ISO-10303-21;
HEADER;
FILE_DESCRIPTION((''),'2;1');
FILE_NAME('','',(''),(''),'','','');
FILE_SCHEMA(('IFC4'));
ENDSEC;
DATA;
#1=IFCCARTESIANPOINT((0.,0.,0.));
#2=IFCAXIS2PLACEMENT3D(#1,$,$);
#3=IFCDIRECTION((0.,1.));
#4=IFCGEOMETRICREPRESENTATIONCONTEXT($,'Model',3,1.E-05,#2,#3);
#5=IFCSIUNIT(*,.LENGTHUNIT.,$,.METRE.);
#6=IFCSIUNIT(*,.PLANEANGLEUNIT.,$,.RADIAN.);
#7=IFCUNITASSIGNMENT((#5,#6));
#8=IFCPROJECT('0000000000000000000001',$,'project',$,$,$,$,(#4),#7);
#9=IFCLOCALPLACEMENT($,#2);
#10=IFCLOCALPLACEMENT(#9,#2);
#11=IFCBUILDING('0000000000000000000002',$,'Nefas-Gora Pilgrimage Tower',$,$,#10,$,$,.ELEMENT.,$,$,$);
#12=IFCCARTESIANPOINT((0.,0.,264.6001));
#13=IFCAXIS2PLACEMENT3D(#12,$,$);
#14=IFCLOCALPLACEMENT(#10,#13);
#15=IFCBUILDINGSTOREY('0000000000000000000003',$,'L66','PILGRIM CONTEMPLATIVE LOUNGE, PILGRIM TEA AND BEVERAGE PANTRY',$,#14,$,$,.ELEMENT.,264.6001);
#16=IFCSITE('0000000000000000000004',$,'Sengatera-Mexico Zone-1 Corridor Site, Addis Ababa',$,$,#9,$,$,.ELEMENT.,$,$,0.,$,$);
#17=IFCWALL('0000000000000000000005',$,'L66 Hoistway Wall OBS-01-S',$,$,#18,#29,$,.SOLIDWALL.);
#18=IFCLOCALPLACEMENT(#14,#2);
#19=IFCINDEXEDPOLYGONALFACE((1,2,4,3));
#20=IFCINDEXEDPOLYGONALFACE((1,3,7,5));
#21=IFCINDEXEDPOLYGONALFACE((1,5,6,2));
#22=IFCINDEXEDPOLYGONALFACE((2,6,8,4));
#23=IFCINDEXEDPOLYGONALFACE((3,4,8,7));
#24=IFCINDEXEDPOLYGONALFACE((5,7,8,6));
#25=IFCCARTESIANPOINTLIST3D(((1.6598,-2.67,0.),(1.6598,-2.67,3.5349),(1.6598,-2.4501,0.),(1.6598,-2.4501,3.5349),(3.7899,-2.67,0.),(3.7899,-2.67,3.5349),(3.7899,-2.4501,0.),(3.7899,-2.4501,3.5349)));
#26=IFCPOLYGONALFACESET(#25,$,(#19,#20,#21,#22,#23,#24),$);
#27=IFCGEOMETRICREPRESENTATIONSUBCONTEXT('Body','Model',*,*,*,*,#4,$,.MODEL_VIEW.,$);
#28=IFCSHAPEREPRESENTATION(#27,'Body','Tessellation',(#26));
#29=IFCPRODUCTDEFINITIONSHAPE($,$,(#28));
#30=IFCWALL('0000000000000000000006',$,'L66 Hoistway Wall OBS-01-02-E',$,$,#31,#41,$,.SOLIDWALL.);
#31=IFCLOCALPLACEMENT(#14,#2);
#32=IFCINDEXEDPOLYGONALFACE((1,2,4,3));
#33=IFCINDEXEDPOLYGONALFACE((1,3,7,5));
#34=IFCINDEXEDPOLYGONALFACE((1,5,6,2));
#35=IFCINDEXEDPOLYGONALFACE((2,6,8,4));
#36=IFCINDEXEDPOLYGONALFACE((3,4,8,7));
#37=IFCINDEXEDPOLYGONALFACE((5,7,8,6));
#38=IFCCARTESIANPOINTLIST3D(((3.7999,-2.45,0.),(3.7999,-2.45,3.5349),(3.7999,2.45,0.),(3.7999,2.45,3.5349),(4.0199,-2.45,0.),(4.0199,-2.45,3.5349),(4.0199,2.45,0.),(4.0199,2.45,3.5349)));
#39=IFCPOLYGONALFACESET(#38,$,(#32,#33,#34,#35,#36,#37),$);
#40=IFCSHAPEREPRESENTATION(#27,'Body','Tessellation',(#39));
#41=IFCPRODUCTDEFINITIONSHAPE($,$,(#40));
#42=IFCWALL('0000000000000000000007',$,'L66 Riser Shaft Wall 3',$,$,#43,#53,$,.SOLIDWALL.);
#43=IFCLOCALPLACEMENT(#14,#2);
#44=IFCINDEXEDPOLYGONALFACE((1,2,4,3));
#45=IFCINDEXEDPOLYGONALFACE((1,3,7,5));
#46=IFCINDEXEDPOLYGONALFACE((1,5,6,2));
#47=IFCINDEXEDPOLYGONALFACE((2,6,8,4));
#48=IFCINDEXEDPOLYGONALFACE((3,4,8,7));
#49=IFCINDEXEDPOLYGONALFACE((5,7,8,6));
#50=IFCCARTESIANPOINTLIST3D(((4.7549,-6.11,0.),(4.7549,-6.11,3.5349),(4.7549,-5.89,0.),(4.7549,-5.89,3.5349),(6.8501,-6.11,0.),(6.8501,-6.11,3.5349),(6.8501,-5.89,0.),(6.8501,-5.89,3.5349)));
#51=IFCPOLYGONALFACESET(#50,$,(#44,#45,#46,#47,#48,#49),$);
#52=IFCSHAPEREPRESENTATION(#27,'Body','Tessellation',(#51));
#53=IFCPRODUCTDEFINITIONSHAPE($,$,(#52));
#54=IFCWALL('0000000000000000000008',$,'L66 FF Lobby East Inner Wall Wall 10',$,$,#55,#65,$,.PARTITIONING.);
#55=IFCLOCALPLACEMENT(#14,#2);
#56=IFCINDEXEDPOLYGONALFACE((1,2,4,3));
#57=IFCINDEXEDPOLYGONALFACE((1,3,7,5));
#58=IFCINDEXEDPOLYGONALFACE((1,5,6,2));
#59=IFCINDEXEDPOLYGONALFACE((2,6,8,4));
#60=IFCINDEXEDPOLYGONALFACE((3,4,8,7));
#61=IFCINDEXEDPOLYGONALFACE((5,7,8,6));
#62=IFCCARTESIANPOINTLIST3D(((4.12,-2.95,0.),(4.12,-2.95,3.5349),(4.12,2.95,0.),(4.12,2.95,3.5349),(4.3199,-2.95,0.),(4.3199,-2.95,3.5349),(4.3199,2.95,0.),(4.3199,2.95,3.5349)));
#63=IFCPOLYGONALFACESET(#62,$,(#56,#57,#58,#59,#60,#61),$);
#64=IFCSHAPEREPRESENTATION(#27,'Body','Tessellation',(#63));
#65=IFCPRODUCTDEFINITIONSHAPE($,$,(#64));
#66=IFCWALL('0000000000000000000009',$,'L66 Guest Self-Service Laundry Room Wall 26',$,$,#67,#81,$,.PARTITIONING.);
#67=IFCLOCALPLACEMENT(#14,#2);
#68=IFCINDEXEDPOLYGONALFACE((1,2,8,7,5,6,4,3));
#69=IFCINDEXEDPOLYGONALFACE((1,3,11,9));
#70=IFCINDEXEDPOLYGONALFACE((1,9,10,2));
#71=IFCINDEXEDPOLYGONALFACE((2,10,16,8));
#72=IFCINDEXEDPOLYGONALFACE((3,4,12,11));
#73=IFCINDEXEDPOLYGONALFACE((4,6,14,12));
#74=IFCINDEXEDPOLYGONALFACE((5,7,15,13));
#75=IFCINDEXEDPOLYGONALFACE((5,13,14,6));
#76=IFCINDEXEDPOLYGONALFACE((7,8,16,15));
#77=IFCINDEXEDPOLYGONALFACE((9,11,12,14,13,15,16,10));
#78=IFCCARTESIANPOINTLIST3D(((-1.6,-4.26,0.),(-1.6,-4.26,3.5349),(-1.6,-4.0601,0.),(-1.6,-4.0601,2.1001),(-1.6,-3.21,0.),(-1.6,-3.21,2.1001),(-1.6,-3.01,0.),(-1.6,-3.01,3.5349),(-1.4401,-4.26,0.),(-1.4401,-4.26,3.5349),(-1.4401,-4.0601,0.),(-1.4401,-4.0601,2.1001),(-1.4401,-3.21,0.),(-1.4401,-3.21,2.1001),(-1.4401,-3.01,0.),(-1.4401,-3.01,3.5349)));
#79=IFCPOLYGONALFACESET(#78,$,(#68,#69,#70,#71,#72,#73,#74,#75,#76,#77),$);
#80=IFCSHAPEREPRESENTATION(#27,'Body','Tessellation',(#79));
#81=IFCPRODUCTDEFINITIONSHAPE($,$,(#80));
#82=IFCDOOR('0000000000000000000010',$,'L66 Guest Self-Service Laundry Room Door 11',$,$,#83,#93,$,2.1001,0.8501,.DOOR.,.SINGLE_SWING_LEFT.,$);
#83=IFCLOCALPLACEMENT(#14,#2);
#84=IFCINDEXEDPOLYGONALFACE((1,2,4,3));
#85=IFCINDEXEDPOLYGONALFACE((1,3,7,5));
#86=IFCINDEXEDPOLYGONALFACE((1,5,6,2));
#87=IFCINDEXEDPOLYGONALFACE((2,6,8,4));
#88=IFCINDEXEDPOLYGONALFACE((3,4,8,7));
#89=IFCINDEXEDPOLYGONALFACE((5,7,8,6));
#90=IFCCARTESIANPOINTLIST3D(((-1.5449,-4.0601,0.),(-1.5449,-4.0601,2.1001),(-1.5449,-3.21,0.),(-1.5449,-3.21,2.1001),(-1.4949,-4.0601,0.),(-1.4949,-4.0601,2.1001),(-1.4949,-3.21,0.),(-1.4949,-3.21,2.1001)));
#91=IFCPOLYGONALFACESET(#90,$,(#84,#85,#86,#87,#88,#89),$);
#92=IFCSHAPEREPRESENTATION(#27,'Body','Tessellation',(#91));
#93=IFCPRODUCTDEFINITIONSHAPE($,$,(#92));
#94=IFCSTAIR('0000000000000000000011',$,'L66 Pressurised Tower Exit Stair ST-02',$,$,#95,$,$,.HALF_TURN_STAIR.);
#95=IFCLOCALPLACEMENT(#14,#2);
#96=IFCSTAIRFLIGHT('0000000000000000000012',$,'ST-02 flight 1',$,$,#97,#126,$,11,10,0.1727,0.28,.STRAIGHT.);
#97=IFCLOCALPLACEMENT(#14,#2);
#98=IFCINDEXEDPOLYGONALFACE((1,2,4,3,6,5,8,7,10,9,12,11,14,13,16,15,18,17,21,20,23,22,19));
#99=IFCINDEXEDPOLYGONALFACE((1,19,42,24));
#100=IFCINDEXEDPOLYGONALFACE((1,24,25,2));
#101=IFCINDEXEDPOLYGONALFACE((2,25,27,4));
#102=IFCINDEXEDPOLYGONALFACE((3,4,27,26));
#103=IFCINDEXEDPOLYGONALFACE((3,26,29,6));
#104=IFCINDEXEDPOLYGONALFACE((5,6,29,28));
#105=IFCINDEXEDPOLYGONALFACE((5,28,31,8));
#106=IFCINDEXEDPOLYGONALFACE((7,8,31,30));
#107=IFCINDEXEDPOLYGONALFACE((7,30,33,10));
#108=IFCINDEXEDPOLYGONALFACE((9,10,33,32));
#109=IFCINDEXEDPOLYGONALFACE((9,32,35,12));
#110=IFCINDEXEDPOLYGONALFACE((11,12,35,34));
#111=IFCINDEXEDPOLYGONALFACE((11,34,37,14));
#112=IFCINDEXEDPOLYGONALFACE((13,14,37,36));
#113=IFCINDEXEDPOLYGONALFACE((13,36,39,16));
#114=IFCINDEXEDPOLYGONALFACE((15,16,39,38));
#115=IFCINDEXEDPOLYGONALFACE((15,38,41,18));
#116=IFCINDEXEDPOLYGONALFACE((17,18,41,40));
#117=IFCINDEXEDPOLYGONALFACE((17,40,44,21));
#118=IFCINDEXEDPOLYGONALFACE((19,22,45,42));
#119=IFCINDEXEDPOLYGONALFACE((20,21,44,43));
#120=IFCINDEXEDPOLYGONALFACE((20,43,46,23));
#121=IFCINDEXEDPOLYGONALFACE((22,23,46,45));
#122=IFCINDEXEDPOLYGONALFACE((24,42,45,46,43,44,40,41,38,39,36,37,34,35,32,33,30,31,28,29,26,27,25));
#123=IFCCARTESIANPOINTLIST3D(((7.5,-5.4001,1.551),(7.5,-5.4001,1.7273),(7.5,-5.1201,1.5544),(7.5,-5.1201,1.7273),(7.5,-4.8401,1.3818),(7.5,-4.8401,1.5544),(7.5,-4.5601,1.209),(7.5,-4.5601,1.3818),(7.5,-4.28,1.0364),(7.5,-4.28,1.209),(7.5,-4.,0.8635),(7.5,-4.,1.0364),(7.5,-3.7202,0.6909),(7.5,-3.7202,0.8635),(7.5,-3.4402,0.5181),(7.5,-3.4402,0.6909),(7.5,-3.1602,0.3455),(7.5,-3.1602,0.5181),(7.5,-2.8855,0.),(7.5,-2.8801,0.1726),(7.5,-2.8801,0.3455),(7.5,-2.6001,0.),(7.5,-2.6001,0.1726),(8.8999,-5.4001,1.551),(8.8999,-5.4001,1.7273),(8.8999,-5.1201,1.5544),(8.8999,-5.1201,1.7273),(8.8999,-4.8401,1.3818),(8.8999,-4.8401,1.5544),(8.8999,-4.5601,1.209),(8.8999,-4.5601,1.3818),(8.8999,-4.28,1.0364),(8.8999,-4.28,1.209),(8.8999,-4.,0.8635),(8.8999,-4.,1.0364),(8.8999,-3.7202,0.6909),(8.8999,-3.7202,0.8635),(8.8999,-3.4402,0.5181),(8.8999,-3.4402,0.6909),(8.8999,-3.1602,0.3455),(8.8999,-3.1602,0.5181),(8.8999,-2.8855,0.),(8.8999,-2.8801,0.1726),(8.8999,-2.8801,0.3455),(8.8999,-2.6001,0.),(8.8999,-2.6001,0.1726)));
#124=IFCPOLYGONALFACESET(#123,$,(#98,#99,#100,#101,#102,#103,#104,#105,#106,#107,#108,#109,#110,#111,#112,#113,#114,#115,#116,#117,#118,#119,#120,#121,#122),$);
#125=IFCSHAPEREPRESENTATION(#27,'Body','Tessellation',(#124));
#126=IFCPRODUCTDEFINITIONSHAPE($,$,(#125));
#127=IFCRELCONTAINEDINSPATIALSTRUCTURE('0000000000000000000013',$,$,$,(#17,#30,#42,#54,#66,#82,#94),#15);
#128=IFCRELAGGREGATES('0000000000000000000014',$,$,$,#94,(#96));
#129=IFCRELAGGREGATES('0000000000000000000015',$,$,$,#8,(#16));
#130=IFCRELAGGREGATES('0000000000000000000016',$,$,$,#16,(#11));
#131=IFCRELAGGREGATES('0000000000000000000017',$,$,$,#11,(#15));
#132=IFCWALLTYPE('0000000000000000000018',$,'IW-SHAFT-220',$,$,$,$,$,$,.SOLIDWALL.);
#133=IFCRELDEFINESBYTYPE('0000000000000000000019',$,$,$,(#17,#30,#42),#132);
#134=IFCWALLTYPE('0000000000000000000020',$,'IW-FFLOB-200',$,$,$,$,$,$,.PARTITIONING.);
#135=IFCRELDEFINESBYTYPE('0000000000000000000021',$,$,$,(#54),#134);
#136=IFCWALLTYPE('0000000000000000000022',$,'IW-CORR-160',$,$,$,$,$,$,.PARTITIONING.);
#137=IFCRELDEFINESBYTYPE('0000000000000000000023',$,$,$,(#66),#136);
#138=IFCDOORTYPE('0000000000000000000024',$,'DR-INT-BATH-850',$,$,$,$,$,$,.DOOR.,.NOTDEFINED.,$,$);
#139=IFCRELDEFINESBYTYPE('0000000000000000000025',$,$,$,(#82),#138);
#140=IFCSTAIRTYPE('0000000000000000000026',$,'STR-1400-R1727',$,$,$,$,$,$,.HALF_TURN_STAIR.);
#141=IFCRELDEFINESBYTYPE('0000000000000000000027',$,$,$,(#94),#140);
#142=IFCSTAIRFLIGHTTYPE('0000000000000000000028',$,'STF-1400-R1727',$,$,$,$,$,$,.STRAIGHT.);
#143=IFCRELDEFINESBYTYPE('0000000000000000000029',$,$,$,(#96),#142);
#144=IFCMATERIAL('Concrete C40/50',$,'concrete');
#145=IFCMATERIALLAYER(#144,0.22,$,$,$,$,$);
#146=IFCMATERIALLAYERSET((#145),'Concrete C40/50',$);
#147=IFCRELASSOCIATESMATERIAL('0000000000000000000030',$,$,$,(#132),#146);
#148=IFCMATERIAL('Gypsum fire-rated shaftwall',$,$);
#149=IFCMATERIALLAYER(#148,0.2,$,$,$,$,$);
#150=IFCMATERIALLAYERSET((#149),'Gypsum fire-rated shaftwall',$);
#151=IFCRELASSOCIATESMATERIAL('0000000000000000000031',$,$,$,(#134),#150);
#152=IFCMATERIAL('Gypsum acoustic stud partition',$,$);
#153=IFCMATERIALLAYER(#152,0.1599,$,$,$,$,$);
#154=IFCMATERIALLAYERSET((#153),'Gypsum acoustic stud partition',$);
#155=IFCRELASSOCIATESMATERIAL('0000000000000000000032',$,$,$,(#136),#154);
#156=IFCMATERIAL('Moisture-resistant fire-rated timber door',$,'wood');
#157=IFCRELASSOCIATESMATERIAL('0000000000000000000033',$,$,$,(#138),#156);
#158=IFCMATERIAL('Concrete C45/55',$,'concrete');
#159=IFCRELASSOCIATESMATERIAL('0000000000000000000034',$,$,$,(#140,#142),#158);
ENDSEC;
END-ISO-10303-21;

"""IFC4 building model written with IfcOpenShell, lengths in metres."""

from ifc_helpers import new_model, si_unit, direction, frame, frame_2d, origin, place, context, subcontext, project, spatial, polyline, rectangle, outline, extrude, source, transform, mapped, material, layer, layer_set, type_object, element, fill, aggregate, save


model = new_model("IFC4")

# Units and contexts
model_context = context("Model", 3, precision=1e-05, world=origin(), true_north=direction((0.0, 1.0)))
body_context = subcontext(model_context, "Body", "Model", "MODEL_VIEW")
ifc_project = project(units=[si_unit("LENGTHUNIT", "METRE"), si_unit("PLANEANGLEUNIT", "RADIAN")], contexts=[model_context])

# Site, building, storey
site_placement = place(None, origin())
site = spatial("IfcSite", under=ifc_project, at=site_placement, Name="Sengatera-Mexico Zone-1 Corridor Site, Addis Ababa", CompositionType="ELEMENT", RefElevation=0.0)
building_placement = place(site_placement, origin())
building = spatial("IfcBuilding", under=site, at=building_placement, Name="Nefas-Gora Pilgrimage Tower", CompositionType="ELEMENT")
storey_placement = place(building_placement, frame((0.0, 0.0, 264.6001)))
storey = spatial("IfcBuildingStorey", under=building, at=storey_placement, Name="L66", Description="PILGRIM CONTEMPLATIVE LOUNGE, PILGRIM TEA AND BEVERAGE PANTRY", CompositionType="ELEMENT", Elevation=264.6001)

# Shared definitions
ifc_material_1 = material(Name="Concrete C40/50", Category="concrete")
ifc_material_2 = material(Name="Concrete C45/55", Category="concrete")

# Shared definitions
ifc_layer_1 = layer(ifc_material_1, 0.22)
ifc_layer_set_1 = layer_set([ifc_layer_1], Name="Concrete C40/50")
wall_type_1 = type_object("IfcWallType", Name="IW-SHAFT-220", PredefinedType="SOLIDWALL", material=ifc_layer_set_1)

# Walls
shared_shape_1 = source(origin(), body_context, "Body", "SweptSolid", [
    extrude(rectangle(XDim=2.1301, YDim=0.22, at=frame_2d((1.0649, 0.0))), origin(), (0.0, 0.0, 1.0), 3.5349),
])
wall_1_placement = place(storey_placement, frame((1.6599, -2.5601, 0.0), z_axis=(0.0, 0.0, 1.0), x_axis=(1.0, 0.0, 0.0)))
element("IfcWall", 1, at=wall_1_placement, inside=storey, type_object=wall_type_1, Name="L66 Hoistway Wall OBS-01-S", PredefinedType="SOLIDWALL", context=body_context, shape_type="MappedRepresentation", body=[
    mapped(shared_shape_1, transform((0.0, 0.0, 0.0), x_axis=(1.0, 0.0, 0.0), y_axis=(0.0, 1.0, 0.0), z_axis=(0.0, 0.0, 1.0), scale=1.0)),
])
shared_shape_2 = source(origin(), body_context, "Body", "SweptSolid", [
    extrude(rectangle(XDim=4.8999, YDim=0.22, at=frame_2d((2.45, 0.0))), origin(), (0.0, 0.0, 1.0), 3.5349),
])
wall_2_placement = place(storey_placement, frame((3.9099, -2.45, 0.0), z_axis=(0.0, 0.0, 1.0), x_axis=(0.0, 1.0, 0.0)))
element("IfcWall", 2, at=wall_2_placement, inside=storey, type_object=wall_type_1, Name="L66 Hoistway Wall OBS-01-02-E", PredefinedType="SOLIDWALL", context=body_context, shape_type="MappedRepresentation", body=[
    mapped(shared_shape_2, transform((0.0, 0.0, 0.0), x_axis=(1.0, 0.0, 0.0), y_axis=(0.0, 1.0, 0.0), z_axis=(0.0, 0.0, 1.0), scale=1.0)),
])
shared_shape_3 = source(origin(), body_context, "Body", "SweptSolid", [
    extrude(rectangle(XDim=2.0952, YDim=0.22, at=frame_2d((1.0476, 0.0))), origin(), (0.0, 0.0, 1.0), 3.5349),
])
wall_3_placement = place(storey_placement, frame((4.7549, -6.0, 0.0), z_axis=(0.0, 0.0, 1.0), x_axis=(1.0, 0.0, 0.0)))
element("IfcWall", 3, at=wall_3_placement, inside=storey, type_object=wall_type_1, Name="L66 Riser Shaft Wall 3", PredefinedType="SOLIDWALL", context=body_context, shape_type="MappedRepresentation", body=[
    mapped(shared_shape_3, transform((0.0, 0.0, 0.0), x_axis=(1.0, 0.0, 0.0), y_axis=(0.0, 1.0, 0.0), z_axis=(0.0, 0.0, 1.0), scale=1.0)),
])
ifc_material_3 = material(Name="Gypsum fire-rated shaftwall")
ifc_layer_2 = layer(ifc_material_3, 0.2)
ifc_layer_set_2 = layer_set([ifc_layer_2], Name="Gypsum fire-rated shaftwall")
wall_type_2 = type_object("IfcWallType", Name="IW-FFLOB-200", PredefinedType="PARTITIONING", material=ifc_layer_set_2)
shared_shape_4 = source(origin(), body_context, "Body", "SweptSolid", [
    extrude(rectangle(XDim=5.8999, YDim=0.2, at=frame_2d((2.95, 0.0))), origin(), (0.0, 0.0, 1.0), 3.5349),
])
wall_4_placement = place(storey_placement, frame((4.22, -2.95, 0.0), z_axis=(0.0, 0.0, 1.0), x_axis=(0.0, 1.0, 0.0)))
element("IfcWall", 4, at=wall_4_placement, inside=storey, type_object=wall_type_2, Name="L66 FF Lobby East Inner Wall Wall 10", PredefinedType="PARTITIONING", context=body_context, shape_type="MappedRepresentation", body=[
    mapped(shared_shape_4, transform((0.0, 0.0, 0.0), x_axis=(1.0, 0.0, 0.0), y_axis=(0.0, 1.0, 0.0), z_axis=(0.0, 0.0, 1.0), scale=1.0)),
])

# Wall, opening, door
ifc_material_4 = material(Name="Gypsum acoustic stud partition")
ifc_layer_3 = layer(ifc_material_4, 0.1599)
ifc_layer_set_3 = layer_set([ifc_layer_3], Name="Gypsum acoustic stud partition")
wall_type_3 = type_object("IfcWallType", Name="IW-CORR-160", PredefinedType="PARTITIONING", material=ifc_layer_set_3)
shared_shape_5 = source(origin(), body_context, "Body", "SweptSolid", [
    extrude(rectangle(XDim=1.25, YDim=0.1599, at=frame_2d((0.625, 0.0))), origin(), (0.0, 0.0, 1.0), 3.5349),
])
wall_5_placement = place(storey_placement, frame((-1.52, -4.26, 0.0), z_axis=(0.0, 0.0, 1.0), x_axis=(0.0, 1.0, 0.0)))
wall_5 = element("IfcWall", 5, at=wall_5_placement, inside=storey, type_object=wall_type_3, Name="L66 Guest Self-Service Laundry Room Wall 26", PredefinedType="PARTITIONING", context=body_context, shape_type="MappedRepresentation", body=[
    mapped(shared_shape_5, transform((0.0, 0.0, 0.0), x_axis=(1.0, 0.0, 0.0), y_axis=(0.0, 1.0, 0.0), z_axis=(0.0, 0.0, 1.0), scale=1.0)),
])
opening_1_placement = place(wall_5_placement, frame((0.2, 0.0, 0.0)))
opening_1 = element("IfcOpeningElement", 6, at=opening_1_placement, cuts=wall_5, PredefinedType="OPENING", context=body_context, shape_type="SweptSolid", body=[
    extrude(rectangle(XDim=0.8501, YDim=2.1001, at=frame_2d((0.425, 1.05))), frame((0.0, 0.0898, 0.0), z_axis=(0.0, -1.0, 0.0), x_axis=(1.0, 0.0, 0.0)), (0.0, 0.0, 1.0), 0.1799),
])
ifc_material_5 = material(Name="Moisture-resistant fire-rated timber door", Category="wood")
door_type_1 = type_object("IfcDoorType", Name="DR-INT-BATH-850", OperationType="NOTDEFINED", PredefinedType="DOOR", material=ifc_material_5)
shared_shape_6 = source(origin(), body_context, "Body", "SweptSolid", [
    extrude(rectangle(XDim=0.8501, YDim=2.1001, at=frame_2d((0.425, 1.05))), frame((0.0, 0.0249, 0.0), z_axis=(0.0, -1.0, 0.0), x_axis=(1.0, 0.0, 0.0)), (0.0, 0.0, 1.0), 0.05),
])
door_1_placement = place(opening_1_placement, origin())
door_1 = element("IfcDoor", 7, at=door_1_placement, inside=storey, type_object=door_type_1, Name="L66 Guest Self-Service Laundry Room Door 11", OperationType="SINGLE_SWING_LEFT", OverallHeight=2.1001, OverallWidth=0.8501, PredefinedType="DOOR", context=body_context, shape_type="MappedRepresentation", body=[
    mapped(shared_shape_6, transform((0.0, 0.0, 0.0), x_axis=(1.0, 0.0, 0.0), y_axis=(0.0, 1.0, 0.0), z_axis=(0.0, 0.0, 1.0), scale=1.0)),
])
fill(opening_1, door_1)

# Stair, stair flight
stair_type = type_object("IfcStairType", Name="STR-1400-R1727", PredefinedType="HALF_TURN_STAIR", material=ifc_material_2)
stair_placement = place(storey_placement, origin())
stair = element("IfcStair", 8, at=stair_placement, inside=storey, type_object=stair_type, Name="L66 Pressurised Tower Exit Stair ST-02", PredefinedType="HALF_TURN_STAIR")
stair_flight_type = type_object("IfcStairFlightType", Name="STF-1400-R1727", PredefinedType="STRAIGHT", material=ifc_material_2)
shared_shape_7 = source(origin(), body_context, "Body", "SweptSolid", [
    extrude(outline(polyline([(0.0, 0.0), (0.0, 0.1726), (0.28, 0.1726), (0.28, 0.3455), (0.5601, 0.3455), (0.5601, 0.5181), (0.8401, 0.5181), (0.8401, 0.6909), (1.1201, 0.6909), (1.1201, 0.8635), (1.3999, 0.8635), (1.3999, 1.0364), (1.6799, 1.0364), (1.6799, 1.209), (1.96, 1.209), (1.96, 1.3818), (2.24, 1.3818), (2.24, 1.5544), (2.52, 1.5544), (2.52, 1.7273), (2.8, 1.7273), (2.8, 1.8999), (2.8, 1.551), (0.2854, 0.0), (0.0, 0.0)])), frame((0.0, 0.7, 0.0), z_axis=(0.0, -1.0, 0.0), x_axis=(1.0, 0.0, 0.0)), (0.0, 0.0, 1.0), 1.3999),
])
stair_flight_placement = place(storey_placement, frame((8.2, -2.6001, 0.0), z_axis=(0.0, 0.0, 1.0), x_axis=(0.0, -1.0, 0.0)))
stair_flight = element("IfcStairFlight", 9, at=stair_flight_placement, type_object=stair_flight_type, Name="ST-02 flight 1", NumberOfRisers=11, NumberOfTreads=10, PredefinedType="STRAIGHT", RiserHeight=0.1727, TreadLength=0.28, context=body_context, shape_type="MappedRepresentation", body=[
    mapped(shared_shape_7, transform((0.0, 0.0, 0.0), x_axis=(1.0, 0.0, 0.0), y_axis=(0.0, 1.0, 0.0), z_axis=(0.0, 0.0, 1.0), scale=1.0)),
])
aggregate(stair, [stair_flight])

save(model, "model.ifc")
